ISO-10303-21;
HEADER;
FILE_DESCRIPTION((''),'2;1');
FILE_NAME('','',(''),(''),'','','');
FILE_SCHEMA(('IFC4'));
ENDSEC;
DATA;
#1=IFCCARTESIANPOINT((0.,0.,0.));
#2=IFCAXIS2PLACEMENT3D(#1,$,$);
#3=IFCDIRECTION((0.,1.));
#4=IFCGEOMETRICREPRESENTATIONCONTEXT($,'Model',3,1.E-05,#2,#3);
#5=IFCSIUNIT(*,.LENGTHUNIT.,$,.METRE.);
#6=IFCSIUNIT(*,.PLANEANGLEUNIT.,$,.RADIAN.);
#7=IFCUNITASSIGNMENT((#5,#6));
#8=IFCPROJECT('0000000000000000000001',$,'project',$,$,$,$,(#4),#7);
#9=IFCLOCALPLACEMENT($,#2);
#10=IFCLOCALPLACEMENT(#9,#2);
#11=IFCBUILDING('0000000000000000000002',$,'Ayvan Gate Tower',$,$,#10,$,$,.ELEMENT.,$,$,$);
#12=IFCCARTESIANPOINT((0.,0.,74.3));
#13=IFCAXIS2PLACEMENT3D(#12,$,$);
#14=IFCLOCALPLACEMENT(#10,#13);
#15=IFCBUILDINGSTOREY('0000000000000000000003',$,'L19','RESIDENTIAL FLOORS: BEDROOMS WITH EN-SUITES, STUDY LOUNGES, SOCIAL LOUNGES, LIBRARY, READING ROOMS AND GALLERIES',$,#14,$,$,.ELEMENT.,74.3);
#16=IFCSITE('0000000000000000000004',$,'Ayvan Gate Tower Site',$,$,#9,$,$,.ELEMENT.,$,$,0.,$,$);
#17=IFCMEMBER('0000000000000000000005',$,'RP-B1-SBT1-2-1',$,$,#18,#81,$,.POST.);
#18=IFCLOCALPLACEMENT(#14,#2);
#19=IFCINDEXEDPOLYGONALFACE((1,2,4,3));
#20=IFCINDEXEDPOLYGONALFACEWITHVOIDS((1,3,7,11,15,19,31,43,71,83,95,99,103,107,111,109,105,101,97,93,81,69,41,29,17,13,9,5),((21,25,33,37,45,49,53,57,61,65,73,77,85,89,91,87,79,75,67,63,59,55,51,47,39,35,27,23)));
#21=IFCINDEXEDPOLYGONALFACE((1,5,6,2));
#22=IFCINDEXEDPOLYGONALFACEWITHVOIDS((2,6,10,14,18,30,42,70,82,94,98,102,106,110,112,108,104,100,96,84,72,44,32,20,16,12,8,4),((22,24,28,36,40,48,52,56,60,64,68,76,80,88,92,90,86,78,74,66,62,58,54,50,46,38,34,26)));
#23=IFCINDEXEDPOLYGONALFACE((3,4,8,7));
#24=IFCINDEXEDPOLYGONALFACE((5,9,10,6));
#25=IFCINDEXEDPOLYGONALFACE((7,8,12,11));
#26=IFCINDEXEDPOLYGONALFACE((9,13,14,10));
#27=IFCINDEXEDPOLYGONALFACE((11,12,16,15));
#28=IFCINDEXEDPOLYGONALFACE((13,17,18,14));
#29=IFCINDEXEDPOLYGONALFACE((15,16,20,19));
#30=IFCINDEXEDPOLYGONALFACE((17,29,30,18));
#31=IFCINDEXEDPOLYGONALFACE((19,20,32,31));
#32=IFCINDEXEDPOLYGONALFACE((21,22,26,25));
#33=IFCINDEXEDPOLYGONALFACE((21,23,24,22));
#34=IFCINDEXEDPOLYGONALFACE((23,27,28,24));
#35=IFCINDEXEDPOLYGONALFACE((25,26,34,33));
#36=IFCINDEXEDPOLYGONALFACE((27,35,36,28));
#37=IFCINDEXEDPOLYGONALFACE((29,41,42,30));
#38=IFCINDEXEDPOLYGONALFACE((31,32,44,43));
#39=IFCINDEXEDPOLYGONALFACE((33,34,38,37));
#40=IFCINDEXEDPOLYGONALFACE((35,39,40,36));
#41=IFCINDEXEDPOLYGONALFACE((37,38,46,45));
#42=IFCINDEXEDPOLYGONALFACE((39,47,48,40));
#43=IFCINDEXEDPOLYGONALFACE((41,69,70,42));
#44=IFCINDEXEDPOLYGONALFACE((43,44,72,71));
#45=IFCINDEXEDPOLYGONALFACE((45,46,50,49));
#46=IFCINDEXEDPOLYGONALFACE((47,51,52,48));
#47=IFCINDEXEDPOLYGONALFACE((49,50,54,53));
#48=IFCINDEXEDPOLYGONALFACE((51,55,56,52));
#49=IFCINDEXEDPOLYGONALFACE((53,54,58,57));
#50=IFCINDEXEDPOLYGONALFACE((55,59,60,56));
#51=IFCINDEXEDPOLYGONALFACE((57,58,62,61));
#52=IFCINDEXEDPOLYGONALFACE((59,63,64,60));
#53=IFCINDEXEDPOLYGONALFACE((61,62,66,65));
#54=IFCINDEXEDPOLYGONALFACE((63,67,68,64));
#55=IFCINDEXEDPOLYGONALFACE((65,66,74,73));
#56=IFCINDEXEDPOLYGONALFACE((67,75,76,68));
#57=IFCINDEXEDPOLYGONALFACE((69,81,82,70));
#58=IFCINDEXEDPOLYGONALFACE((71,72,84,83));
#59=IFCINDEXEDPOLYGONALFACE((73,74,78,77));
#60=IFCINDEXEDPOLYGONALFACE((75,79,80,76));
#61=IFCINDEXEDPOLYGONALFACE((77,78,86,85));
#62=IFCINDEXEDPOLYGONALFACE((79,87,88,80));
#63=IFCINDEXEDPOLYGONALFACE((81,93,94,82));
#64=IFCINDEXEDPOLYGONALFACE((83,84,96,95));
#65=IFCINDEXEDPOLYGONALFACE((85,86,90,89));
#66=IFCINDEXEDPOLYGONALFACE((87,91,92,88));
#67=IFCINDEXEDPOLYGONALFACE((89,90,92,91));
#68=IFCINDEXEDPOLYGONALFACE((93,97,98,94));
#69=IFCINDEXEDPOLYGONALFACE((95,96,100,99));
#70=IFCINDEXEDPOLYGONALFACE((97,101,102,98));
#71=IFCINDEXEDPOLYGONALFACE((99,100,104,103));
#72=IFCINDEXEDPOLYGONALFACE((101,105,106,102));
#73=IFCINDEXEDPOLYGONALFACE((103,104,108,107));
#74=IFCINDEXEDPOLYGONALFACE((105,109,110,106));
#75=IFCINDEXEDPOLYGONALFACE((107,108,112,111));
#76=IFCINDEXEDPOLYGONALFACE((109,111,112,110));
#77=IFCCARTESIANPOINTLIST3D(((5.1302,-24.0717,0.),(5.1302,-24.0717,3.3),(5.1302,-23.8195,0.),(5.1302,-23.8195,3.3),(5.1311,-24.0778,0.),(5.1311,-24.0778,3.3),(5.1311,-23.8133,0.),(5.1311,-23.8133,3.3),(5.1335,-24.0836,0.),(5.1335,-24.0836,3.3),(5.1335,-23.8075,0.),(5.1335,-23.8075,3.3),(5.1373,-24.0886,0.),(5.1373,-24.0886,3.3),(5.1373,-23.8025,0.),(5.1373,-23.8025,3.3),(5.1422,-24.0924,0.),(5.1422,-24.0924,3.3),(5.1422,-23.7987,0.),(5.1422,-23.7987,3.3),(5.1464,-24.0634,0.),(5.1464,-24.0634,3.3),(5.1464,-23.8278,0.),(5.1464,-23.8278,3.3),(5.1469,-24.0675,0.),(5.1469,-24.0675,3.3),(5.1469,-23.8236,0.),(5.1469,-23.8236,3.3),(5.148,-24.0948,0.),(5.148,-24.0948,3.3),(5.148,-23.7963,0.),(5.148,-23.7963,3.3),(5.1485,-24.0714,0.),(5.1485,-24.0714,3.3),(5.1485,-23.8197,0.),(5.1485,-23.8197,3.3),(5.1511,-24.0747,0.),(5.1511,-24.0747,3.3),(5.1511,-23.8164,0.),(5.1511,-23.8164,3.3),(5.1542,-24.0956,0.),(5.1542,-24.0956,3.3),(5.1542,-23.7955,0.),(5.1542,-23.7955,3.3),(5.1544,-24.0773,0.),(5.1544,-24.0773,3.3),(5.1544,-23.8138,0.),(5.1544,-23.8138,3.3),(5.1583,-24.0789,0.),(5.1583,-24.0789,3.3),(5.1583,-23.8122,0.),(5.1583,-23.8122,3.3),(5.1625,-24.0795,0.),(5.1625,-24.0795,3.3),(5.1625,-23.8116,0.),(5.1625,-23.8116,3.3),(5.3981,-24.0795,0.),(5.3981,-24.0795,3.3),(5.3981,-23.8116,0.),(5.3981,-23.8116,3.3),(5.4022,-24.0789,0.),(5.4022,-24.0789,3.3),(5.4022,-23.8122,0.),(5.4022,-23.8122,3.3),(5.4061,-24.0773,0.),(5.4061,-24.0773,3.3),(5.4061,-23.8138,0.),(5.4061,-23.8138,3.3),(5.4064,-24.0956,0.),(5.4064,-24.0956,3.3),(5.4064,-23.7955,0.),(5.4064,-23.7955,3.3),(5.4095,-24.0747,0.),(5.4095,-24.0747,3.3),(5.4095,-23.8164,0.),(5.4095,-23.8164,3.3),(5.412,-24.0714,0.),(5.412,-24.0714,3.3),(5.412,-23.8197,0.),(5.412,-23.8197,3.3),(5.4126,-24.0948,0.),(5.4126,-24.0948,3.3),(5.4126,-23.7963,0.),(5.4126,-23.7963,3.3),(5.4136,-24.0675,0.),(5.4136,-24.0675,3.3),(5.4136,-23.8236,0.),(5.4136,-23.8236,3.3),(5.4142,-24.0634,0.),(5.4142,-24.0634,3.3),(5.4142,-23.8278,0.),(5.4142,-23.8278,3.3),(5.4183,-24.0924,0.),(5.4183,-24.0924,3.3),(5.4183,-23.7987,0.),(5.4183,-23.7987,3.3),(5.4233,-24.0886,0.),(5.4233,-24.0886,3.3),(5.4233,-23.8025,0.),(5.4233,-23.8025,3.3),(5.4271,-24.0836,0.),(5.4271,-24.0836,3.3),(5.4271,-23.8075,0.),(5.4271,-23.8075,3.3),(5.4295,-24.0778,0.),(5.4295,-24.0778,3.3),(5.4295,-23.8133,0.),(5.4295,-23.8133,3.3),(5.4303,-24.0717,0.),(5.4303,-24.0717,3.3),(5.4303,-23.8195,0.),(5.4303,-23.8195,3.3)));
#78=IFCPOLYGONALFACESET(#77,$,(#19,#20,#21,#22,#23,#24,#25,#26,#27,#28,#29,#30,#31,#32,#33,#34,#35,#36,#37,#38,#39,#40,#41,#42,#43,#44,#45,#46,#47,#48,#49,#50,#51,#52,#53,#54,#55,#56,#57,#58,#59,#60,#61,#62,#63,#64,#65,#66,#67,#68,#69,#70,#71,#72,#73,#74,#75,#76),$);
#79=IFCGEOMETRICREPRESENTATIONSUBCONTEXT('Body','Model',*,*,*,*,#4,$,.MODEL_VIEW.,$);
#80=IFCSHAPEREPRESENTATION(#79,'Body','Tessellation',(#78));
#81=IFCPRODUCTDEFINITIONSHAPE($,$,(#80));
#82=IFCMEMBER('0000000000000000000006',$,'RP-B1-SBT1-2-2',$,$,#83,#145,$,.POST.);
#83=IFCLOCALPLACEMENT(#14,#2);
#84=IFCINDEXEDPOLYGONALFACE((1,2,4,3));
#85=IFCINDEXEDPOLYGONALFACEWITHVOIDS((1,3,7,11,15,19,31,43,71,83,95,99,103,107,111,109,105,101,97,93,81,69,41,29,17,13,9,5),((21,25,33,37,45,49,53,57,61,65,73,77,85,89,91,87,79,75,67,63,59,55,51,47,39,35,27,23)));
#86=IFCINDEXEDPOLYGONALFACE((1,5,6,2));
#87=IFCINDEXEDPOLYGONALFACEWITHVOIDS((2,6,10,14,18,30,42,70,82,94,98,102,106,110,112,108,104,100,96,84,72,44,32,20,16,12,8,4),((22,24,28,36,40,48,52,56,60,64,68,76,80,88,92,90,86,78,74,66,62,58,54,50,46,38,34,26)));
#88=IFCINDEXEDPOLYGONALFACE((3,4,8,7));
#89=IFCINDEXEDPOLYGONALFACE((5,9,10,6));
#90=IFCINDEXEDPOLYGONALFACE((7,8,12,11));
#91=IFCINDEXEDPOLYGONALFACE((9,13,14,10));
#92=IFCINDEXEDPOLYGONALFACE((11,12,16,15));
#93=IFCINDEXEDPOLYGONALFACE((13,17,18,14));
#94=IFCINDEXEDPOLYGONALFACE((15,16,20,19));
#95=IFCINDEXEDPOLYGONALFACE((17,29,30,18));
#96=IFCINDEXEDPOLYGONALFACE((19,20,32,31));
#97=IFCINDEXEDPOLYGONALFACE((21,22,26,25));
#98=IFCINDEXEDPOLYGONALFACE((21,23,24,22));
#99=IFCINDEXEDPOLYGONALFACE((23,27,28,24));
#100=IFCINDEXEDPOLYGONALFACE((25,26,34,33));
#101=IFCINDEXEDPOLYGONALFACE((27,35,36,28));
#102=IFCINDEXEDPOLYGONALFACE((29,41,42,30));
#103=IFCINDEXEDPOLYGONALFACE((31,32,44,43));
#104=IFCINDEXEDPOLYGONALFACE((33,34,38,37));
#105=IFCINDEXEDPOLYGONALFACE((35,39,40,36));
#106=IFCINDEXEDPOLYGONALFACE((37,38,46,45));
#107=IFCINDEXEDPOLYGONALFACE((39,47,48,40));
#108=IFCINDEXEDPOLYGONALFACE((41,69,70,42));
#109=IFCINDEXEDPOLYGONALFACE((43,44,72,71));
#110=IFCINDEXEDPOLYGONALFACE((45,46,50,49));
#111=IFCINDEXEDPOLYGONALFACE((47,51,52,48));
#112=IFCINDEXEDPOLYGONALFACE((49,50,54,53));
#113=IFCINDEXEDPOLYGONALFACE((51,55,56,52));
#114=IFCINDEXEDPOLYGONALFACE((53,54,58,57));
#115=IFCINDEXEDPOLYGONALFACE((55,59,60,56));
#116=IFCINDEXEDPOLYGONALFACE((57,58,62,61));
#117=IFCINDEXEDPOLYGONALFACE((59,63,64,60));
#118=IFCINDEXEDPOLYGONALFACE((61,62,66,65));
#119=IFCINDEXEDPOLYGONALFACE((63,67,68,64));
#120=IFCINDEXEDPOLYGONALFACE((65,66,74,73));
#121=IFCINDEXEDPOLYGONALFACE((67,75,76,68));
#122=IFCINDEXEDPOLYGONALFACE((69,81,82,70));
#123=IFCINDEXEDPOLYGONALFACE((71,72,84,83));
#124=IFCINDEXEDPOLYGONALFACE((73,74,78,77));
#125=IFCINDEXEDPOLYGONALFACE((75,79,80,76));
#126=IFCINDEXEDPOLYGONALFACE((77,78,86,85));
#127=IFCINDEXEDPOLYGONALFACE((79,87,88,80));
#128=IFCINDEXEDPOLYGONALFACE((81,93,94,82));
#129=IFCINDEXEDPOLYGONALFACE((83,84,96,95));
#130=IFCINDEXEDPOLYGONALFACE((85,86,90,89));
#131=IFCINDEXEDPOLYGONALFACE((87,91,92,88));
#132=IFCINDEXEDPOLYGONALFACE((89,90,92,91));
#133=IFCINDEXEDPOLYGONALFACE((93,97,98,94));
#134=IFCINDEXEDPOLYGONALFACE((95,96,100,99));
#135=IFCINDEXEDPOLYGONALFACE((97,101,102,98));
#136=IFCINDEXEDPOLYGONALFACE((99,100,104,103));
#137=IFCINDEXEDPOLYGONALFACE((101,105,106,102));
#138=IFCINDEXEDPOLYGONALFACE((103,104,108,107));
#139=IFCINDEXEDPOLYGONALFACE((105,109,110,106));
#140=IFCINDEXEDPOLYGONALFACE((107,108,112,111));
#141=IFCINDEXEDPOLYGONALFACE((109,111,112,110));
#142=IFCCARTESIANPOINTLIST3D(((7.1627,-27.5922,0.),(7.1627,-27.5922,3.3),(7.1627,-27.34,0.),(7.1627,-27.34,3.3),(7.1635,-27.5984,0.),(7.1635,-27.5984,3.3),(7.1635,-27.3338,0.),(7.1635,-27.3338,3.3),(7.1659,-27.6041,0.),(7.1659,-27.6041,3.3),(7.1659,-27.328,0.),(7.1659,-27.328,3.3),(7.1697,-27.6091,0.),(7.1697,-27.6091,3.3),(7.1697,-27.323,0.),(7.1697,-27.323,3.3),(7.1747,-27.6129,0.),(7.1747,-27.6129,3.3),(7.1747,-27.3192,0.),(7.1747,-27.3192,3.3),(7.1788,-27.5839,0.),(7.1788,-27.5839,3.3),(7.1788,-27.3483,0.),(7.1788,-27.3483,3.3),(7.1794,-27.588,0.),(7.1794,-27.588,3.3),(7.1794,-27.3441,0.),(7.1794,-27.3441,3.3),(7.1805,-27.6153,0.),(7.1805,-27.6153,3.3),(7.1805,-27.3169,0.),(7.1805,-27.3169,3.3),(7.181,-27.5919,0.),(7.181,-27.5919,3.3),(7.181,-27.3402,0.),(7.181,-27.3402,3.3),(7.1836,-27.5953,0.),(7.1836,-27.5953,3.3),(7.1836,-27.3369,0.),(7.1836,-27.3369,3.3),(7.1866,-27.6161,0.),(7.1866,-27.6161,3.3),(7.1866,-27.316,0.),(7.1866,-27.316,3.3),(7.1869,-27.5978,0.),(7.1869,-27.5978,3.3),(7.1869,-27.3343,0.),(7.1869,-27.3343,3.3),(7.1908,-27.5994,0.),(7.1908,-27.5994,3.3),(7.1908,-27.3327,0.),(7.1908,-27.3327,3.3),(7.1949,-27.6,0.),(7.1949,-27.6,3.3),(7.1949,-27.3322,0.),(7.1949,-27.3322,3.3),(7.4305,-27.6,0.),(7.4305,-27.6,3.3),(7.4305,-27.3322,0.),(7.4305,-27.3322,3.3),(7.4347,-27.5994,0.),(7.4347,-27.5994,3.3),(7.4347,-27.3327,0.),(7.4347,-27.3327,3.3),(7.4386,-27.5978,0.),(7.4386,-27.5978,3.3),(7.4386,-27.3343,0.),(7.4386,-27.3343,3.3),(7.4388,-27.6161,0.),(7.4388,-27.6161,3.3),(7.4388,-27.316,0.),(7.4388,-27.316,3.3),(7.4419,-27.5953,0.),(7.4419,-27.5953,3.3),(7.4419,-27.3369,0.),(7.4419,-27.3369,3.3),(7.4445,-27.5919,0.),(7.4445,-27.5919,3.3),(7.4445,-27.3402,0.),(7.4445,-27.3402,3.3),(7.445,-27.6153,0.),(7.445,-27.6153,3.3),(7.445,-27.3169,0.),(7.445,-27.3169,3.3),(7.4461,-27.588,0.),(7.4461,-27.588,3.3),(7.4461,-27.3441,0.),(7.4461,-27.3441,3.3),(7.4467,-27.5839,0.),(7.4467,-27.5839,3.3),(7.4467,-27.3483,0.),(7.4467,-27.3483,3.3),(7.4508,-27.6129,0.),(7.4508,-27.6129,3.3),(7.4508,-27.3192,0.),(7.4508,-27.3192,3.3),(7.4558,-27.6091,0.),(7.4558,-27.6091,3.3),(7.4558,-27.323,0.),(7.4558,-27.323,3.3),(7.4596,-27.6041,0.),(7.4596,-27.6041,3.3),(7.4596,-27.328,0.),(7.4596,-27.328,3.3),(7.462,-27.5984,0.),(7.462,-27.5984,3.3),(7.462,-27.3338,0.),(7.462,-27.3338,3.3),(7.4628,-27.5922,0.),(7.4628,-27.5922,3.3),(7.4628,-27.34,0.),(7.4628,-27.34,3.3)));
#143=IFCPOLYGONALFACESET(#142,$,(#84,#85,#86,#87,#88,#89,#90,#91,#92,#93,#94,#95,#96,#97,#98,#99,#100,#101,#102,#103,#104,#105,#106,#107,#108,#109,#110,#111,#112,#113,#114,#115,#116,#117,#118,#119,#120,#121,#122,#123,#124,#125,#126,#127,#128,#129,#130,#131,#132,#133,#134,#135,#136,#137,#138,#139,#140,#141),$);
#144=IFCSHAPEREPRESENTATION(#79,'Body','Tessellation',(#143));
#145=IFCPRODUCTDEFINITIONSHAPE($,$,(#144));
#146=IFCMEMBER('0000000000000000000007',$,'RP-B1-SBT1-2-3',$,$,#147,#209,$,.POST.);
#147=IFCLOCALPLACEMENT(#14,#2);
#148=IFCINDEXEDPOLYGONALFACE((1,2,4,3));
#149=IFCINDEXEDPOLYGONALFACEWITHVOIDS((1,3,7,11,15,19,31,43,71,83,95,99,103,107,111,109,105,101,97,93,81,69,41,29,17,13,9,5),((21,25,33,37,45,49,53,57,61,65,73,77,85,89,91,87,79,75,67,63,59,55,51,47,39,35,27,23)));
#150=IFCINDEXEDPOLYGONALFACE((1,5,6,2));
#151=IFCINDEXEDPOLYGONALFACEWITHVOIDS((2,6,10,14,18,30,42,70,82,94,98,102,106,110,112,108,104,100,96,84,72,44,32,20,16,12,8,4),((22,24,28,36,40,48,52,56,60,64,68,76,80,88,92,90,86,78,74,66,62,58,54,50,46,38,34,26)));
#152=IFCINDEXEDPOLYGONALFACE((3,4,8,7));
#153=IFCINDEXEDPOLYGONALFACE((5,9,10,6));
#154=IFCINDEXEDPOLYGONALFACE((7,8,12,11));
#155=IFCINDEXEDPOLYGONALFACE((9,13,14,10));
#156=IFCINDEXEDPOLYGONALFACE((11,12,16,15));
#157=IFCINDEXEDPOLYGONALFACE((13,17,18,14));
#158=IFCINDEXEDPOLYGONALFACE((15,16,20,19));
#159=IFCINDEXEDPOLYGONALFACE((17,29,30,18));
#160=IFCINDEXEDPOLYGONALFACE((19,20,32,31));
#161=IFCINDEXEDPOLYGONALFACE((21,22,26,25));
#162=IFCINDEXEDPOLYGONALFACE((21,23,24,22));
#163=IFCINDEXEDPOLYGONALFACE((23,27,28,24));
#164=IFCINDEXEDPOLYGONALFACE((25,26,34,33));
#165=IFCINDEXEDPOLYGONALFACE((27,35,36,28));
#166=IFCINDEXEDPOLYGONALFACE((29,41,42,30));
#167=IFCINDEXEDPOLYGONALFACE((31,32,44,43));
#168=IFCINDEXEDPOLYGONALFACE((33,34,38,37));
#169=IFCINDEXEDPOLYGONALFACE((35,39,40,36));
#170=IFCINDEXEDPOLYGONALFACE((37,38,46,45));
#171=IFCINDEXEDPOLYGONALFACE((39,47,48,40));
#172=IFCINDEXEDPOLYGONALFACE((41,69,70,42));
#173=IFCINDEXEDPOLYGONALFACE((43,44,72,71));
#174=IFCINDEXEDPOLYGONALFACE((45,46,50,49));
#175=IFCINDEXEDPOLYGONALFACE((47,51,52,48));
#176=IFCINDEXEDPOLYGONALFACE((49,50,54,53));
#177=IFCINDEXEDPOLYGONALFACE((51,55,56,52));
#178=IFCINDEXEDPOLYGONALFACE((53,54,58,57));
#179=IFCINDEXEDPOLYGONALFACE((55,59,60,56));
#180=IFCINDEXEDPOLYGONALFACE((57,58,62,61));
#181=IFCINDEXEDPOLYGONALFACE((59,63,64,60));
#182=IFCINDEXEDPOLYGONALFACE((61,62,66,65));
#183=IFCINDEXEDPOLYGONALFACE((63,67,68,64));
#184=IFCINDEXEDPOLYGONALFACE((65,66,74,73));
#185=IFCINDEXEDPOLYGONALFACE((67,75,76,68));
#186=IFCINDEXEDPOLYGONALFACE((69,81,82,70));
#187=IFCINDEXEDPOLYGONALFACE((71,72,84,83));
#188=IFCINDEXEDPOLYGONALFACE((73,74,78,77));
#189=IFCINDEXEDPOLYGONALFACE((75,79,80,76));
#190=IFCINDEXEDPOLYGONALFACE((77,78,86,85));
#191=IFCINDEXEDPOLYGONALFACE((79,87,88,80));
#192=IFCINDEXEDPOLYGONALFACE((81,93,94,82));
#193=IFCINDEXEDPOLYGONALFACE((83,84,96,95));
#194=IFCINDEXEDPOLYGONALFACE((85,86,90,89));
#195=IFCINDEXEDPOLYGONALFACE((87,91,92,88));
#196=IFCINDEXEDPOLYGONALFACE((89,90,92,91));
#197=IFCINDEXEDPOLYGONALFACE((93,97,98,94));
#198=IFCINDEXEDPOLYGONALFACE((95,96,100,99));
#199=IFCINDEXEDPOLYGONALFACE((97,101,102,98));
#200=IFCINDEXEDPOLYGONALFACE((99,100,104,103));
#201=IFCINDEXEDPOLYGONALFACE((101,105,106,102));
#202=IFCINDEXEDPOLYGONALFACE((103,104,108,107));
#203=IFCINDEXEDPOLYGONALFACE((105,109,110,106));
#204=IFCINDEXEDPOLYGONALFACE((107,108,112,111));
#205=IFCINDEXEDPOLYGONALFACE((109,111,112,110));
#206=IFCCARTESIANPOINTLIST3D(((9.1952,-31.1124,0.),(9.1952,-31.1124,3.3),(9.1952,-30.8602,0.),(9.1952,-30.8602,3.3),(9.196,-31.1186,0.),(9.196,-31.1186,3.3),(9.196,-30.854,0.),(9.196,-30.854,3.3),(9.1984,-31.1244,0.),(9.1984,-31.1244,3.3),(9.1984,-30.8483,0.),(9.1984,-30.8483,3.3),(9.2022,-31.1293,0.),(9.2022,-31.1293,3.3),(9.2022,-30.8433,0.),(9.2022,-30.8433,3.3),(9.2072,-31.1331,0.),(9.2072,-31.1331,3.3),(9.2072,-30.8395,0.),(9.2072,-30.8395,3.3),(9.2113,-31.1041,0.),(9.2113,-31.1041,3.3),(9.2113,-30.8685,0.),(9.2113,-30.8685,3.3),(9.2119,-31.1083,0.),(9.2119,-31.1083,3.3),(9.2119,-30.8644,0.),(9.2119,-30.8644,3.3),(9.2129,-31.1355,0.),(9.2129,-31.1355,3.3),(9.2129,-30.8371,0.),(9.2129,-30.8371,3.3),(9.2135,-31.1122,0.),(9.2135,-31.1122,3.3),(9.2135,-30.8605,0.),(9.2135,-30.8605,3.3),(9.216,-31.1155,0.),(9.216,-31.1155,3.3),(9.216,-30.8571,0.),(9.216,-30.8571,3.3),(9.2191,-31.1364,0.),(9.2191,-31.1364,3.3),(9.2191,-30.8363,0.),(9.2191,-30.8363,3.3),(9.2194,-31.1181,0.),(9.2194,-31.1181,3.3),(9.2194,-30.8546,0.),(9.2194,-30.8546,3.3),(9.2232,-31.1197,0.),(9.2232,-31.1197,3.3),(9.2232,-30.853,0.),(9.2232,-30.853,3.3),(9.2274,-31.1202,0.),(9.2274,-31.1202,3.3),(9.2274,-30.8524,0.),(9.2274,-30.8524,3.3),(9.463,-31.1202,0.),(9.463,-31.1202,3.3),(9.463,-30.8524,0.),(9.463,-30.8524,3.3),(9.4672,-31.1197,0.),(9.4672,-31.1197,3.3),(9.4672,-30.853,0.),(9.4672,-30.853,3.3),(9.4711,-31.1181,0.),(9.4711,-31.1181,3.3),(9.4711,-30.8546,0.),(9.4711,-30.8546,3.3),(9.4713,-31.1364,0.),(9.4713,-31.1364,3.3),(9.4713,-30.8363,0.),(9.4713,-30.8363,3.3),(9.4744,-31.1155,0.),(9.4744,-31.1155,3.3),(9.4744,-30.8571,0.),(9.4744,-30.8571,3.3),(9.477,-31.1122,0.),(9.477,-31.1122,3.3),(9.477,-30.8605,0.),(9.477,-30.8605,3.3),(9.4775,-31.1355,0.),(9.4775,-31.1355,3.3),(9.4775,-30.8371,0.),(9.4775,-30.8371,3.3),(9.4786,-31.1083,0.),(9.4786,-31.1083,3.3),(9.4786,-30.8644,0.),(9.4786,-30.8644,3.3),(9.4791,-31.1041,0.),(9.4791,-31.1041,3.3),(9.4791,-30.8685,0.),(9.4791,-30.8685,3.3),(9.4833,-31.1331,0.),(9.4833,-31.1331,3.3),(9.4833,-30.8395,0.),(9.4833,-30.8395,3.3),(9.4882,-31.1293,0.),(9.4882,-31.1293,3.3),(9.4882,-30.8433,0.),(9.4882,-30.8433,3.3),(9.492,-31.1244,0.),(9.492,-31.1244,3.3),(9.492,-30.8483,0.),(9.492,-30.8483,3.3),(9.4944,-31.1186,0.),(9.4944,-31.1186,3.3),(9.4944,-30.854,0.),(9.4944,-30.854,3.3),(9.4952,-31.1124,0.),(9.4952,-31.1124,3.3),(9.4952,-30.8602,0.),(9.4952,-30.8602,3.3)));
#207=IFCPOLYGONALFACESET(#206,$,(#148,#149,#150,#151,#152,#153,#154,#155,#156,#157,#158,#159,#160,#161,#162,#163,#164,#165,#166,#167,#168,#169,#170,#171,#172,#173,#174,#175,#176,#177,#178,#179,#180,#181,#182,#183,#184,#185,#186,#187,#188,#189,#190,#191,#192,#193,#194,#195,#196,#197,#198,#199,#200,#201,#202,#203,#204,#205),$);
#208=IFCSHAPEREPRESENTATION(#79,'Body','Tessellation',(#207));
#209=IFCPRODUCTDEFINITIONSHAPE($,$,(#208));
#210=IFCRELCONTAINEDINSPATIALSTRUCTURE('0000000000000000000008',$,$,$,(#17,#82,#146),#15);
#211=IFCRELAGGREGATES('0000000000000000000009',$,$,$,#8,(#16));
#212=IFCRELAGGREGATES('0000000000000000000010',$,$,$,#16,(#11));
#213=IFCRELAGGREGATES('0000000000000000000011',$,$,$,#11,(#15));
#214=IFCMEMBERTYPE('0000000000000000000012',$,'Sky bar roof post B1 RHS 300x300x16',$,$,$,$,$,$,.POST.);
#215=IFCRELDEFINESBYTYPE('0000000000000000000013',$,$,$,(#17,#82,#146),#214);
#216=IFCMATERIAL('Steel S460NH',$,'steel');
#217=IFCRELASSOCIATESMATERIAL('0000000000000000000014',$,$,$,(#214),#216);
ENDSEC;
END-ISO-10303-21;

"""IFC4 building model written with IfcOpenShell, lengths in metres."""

from ifc_helpers import new_model, si_unit, direction, frame, origin, origin_2d, place, context, subcontext, project, spatial, hollow_rectangle, extrude, material, material_profile, profile_set, type_object, element, save


model = new_model("IFC4")

# Units and contexts
model_context = context("Model", 3, precision=1e-05, world=origin(), true_north=direction((0.0, 1.0)))
body_context = subcontext(model_context, "Body", "Model", "MODEL_VIEW")
ifc_project = project(units=[si_unit("LENGTHUNIT", "METRE"), si_unit("PLANEANGLEUNIT", "RADIAN")], contexts=[model_context])

# Site, building, storey
site_placement = place(None, origin())
site = spatial("IfcSite", under=ifc_project, at=site_placement, Name="Ayvan Gate Tower Site", CompositionType="ELEMENT", RefElevation=0.0)
building_placement = place(site_placement, origin())
building = spatial("IfcBuilding", under=site, at=building_placement, Name="Ayvan Gate Tower", CompositionType="ELEMENT")
storey_placement = place(building_placement, frame((0.0, 0.0, 74.3)))
storey = spatial("IfcBuildingStorey", under=building, at=storey_placement, Name="L19", Description="RESIDENTIAL FLOORS: BEDROOMS WITH EN-SUITES, STUDY LOUNGES, SOCIAL LOUNGES, LIBRARY, READING ROOMS AND GALLERIES", CompositionType="ELEMENT", Elevation=74.3)

# Members
ifc_material_1 = material(Name="Steel S460NH", Category="steel")
ifc_material_profile_1 = material_profile(ifc_material_1, hollow_rectangle(XDim=0.3, YDim=0.3, WallThickness=0.0161, InnerFilletRadius=0.0161, OuterFilletRadius=0.0239, at=origin_2d()), Name="RHS 300x300x16")
ifc_profile_set_1 = profile_set([ifc_material_profile_1], Name="Steel S460NH")
member_type_1 = type_object("IfcMemberType", Name="Sky bar roof post B1 RHS 300x300x16", PredefinedType="POST", material=ifc_profile_set_1)
for number, where, z_axis, x_axis, name in (
    (1, (5.2803, -23.9456, 0.0), (0.0, 0.0, 1.0), (1.0, 0.0, 0.0), "RP-B1-SBT1-2-1"),
    (2, (7.3127, -27.4661, 0.0), (0.0, 0.0, 1.0), (1.0, 0.0, 0.0), "RP-B1-SBT1-2-2"),
    (3, (9.3452, -30.9863, 0.0), (0.0, 0.0, 1.0), (1.0, 0.0, 0.0), "RP-B1-SBT1-2-3"),
):
    element("IfcMember", number, at=place(storey_placement, frame(where, z_axis=z_axis, x_axis=x_axis)), inside=storey, type_object=member_type_1, Name=name, PredefinedType="POST", context=body_context, shape_type="SweptSolid", body=[
        extrude(hollow_rectangle(XDim=0.3, YDim=0.3, WallThickness=0.0161, InnerFilletRadius=0.0161, OuterFilletRadius=0.0239, at=origin_2d()), origin(), (0.0, 0.0, 1.0), 3.3),
    ])

save(model, "model.ifc")
